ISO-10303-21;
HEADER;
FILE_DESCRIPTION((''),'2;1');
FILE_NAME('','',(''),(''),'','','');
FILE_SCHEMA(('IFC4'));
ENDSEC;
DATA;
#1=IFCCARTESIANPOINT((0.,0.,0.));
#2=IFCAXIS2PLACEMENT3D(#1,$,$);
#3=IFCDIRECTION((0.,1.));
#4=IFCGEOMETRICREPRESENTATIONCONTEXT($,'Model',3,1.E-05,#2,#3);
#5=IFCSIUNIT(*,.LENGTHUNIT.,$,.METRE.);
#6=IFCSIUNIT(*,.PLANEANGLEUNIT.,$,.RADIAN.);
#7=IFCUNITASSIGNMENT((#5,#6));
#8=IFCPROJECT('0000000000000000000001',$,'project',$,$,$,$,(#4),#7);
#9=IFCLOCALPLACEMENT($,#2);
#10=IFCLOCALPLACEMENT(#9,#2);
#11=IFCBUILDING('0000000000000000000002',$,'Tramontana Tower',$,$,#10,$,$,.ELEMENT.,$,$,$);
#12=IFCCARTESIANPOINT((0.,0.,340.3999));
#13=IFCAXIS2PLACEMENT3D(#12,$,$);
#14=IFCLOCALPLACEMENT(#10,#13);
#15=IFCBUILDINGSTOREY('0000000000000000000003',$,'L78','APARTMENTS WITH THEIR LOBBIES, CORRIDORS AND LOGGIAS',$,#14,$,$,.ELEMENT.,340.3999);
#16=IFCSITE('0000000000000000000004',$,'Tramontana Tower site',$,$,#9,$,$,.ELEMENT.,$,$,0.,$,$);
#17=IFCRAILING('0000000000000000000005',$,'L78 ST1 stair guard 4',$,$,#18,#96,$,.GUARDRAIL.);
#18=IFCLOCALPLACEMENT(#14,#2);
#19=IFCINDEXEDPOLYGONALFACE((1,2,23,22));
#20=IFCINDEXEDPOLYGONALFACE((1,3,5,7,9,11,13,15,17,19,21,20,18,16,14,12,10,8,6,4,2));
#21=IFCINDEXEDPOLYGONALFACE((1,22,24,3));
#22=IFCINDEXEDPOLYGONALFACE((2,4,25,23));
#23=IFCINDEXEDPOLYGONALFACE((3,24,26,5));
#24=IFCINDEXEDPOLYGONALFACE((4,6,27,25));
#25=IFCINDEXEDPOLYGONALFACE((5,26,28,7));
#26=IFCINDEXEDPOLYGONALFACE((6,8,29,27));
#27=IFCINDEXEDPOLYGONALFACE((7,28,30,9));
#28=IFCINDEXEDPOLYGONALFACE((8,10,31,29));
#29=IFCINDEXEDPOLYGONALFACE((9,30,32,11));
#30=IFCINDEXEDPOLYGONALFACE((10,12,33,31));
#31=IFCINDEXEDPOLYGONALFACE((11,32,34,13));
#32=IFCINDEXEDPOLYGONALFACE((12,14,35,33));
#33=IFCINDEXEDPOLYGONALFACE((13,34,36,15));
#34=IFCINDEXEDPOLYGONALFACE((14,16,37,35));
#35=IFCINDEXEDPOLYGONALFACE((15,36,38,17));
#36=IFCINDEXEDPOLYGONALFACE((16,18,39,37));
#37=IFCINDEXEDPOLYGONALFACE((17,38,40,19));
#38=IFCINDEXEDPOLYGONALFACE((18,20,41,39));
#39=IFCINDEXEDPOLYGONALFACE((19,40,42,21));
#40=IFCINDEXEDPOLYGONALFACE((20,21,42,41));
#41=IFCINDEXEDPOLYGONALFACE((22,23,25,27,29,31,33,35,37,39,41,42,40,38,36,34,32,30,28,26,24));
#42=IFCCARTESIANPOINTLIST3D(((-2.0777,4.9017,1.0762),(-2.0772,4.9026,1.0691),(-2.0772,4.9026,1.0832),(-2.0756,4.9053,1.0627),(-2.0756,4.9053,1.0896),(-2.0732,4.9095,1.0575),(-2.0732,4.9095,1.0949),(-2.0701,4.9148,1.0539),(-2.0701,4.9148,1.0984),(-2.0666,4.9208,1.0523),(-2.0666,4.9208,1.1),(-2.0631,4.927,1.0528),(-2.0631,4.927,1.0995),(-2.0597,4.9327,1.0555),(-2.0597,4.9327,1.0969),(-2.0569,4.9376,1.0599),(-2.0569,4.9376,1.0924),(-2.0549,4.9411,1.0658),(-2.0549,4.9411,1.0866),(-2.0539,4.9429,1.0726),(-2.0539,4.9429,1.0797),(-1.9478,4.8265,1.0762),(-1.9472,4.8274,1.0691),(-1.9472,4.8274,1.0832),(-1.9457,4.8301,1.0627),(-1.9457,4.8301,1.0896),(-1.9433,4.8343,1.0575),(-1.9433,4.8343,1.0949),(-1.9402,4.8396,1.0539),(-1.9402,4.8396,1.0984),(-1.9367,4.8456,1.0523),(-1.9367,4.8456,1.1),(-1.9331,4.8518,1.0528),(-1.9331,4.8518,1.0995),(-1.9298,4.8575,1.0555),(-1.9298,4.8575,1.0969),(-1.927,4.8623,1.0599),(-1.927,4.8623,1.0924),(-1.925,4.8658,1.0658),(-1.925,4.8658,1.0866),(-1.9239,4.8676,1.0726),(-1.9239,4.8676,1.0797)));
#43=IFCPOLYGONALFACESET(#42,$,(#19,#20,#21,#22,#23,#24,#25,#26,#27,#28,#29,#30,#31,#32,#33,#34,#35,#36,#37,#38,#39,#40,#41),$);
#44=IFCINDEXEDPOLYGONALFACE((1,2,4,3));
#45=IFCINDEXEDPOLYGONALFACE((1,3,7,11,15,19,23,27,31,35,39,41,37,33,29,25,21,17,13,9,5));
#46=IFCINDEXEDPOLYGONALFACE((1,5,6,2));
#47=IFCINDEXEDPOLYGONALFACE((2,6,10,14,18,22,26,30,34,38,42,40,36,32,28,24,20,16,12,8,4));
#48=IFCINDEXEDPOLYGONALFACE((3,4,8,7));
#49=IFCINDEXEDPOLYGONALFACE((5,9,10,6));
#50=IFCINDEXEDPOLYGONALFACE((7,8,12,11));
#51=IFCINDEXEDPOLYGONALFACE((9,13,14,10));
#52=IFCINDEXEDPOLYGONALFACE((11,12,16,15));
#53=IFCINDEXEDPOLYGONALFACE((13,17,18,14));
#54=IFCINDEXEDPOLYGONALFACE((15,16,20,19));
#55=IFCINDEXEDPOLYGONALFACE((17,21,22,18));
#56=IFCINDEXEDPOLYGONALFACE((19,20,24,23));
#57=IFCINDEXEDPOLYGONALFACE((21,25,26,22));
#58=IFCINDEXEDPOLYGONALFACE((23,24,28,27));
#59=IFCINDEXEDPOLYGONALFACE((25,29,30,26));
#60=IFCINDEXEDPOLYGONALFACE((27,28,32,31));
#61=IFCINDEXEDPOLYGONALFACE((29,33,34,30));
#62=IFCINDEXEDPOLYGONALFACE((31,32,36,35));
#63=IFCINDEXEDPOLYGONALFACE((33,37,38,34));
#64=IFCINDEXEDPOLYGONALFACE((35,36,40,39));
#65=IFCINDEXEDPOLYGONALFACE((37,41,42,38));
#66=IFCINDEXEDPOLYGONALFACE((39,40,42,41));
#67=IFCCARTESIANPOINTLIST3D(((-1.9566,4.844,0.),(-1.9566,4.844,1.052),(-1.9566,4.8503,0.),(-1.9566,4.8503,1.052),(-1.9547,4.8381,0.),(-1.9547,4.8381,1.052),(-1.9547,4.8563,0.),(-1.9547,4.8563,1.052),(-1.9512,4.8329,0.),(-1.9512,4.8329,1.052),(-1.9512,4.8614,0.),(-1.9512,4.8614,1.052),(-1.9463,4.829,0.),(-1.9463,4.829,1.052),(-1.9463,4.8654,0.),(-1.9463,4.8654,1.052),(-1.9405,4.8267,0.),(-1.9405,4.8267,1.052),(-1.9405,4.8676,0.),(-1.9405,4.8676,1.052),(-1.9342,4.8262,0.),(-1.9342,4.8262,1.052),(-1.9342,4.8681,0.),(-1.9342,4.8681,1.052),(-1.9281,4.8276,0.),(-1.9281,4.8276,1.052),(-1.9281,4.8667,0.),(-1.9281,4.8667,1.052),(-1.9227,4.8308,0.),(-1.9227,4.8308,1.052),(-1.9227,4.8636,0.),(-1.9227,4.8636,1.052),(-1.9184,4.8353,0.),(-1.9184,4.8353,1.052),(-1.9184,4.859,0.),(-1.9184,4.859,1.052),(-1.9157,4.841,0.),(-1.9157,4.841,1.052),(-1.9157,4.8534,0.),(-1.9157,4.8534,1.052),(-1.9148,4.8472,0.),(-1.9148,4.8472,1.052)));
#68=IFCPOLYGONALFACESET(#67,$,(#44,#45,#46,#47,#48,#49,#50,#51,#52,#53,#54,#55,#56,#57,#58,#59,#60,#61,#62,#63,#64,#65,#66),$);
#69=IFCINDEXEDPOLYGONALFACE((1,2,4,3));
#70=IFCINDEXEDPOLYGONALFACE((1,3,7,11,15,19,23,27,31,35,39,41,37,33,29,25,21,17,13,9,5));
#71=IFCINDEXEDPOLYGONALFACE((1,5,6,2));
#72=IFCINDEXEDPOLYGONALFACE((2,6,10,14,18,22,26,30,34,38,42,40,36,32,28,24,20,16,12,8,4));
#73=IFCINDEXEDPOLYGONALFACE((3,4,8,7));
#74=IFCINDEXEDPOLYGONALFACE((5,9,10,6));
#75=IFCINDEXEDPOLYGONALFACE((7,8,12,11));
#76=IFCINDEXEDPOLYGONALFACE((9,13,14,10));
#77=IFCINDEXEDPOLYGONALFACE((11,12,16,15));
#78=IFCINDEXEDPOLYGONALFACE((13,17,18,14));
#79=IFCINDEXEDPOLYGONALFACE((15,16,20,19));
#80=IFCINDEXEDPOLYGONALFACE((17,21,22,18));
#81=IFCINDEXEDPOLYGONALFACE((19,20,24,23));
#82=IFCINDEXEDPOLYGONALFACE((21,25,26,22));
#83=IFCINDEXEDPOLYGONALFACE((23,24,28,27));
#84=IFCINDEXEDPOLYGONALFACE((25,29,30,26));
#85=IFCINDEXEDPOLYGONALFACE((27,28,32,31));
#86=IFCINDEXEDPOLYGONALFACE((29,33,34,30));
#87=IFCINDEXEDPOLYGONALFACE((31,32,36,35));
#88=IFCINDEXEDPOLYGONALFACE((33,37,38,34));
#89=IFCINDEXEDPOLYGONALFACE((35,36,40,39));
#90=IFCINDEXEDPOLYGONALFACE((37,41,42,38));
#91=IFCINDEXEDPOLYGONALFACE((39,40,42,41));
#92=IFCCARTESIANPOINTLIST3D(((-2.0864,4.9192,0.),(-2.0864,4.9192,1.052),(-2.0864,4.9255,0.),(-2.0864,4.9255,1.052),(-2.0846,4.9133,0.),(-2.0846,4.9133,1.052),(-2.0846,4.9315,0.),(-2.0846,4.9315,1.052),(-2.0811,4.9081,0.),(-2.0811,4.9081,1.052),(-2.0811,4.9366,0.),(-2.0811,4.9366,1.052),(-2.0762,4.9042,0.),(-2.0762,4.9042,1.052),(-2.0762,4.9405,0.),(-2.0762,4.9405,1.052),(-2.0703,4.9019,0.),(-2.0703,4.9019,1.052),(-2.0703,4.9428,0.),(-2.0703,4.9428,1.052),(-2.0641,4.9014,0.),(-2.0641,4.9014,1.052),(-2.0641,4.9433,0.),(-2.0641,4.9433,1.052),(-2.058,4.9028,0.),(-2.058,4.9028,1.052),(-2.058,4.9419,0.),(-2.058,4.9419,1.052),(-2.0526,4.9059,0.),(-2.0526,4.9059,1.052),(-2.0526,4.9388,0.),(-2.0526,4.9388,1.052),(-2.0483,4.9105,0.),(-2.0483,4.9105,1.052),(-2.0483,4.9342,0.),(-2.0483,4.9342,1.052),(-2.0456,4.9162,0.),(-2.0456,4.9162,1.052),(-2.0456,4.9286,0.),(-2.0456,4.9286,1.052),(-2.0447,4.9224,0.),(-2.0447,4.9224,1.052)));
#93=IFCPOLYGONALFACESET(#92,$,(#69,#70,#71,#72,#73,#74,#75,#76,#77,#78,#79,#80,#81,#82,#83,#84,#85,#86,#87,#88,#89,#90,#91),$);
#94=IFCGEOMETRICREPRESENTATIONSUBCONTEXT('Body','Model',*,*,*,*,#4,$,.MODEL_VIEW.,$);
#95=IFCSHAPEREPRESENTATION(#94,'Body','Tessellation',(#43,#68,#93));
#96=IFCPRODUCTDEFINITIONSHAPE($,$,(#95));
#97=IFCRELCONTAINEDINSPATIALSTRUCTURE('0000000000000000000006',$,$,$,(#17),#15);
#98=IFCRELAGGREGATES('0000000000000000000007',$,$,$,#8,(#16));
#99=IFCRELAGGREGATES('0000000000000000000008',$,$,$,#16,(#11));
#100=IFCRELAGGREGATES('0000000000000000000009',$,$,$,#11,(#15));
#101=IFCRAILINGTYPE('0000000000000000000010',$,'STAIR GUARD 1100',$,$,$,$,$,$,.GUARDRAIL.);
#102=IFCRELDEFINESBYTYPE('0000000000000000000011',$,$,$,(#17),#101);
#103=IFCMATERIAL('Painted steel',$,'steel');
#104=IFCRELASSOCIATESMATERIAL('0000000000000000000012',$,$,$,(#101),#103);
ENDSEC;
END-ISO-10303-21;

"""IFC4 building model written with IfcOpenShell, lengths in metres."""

from ifc_helpers import new_model, si_unit, direction, frame, origin, origin_2d, place, context, subcontext, project, spatial, circle, extrude, material, type_object, element, save


model = new_model("IFC4")

# Units and contexts
model_context = context("Model", 3, precision=1e-05, world=origin(), true_north=direction((0.0, 1.0)))
body_context = subcontext(model_context, "Body", "Model", "MODEL_VIEW")
ifc_project = project(units=[si_unit("LENGTHUNIT", "METRE"), si_unit("PLANEANGLEUNIT", "RADIAN")], contexts=[model_context])

# Site, building, storey
site_placement = place(None, origin())
site = spatial("IfcSite", under=ifc_project, at=site_placement, Name="Tramontana Tower site", CompositionType="ELEMENT", RefElevation=0.0)
building_placement = place(site_placement, origin())
building = spatial("IfcBuilding", under=site, at=building_placement, Name="Tramontana Tower", CompositionType="ELEMENT")
storey_placement = place(building_placement, frame((0.0, 0.0, 340.3999)))
storey = spatial("IfcBuildingStorey", under=building, at=storey_placement, Name="L78", Description="APARTMENTS WITH THEIR LOBBIES, CORRIDORS AND LOGGIAS", CompositionType="ELEMENT", Elevation=340.3999)

# Railing
ifc_material_1 = material(Name="Painted steel", Category="steel")
railing_type_1 = type_object("IfcRailingType", Name="STAIR GUARD 1100", PredefinedType="GUARDRAIL", material=ifc_material_1)
railing_1_placement = place(storey_placement, frame((-1.9358, 4.8472, 0.0)))
element("IfcRailing", 1, at=railing_1_placement, inside=storey, type_object=railing_type_1, Name="L78 ST1 stair guard 4", PredefinedType="GUARDRAIL", context=body_context, shape_type="SweptSolid", body=[
    extrude(circle(Radius=0.0239, at=origin_2d()), frame((0.0, 0.0, 1.0762), z_axis=(-0.865426, 0.501036, 0.0), x_axis=(-0.501036, -0.865426, 0.0)), (0.0, 0.0, 1.0), 0.1501),
    extrude(circle(Radius=0.021, at=origin_2d()), origin(), (0.0, 0.0, 1.0), 1.052),
    extrude(circle(Radius=0.021, at=origin_2d()), frame((-0.1299, 0.0752, 0.0)), (0.0, 0.0, 1.0), 1.052),
])

save(model, "model.ifc")
